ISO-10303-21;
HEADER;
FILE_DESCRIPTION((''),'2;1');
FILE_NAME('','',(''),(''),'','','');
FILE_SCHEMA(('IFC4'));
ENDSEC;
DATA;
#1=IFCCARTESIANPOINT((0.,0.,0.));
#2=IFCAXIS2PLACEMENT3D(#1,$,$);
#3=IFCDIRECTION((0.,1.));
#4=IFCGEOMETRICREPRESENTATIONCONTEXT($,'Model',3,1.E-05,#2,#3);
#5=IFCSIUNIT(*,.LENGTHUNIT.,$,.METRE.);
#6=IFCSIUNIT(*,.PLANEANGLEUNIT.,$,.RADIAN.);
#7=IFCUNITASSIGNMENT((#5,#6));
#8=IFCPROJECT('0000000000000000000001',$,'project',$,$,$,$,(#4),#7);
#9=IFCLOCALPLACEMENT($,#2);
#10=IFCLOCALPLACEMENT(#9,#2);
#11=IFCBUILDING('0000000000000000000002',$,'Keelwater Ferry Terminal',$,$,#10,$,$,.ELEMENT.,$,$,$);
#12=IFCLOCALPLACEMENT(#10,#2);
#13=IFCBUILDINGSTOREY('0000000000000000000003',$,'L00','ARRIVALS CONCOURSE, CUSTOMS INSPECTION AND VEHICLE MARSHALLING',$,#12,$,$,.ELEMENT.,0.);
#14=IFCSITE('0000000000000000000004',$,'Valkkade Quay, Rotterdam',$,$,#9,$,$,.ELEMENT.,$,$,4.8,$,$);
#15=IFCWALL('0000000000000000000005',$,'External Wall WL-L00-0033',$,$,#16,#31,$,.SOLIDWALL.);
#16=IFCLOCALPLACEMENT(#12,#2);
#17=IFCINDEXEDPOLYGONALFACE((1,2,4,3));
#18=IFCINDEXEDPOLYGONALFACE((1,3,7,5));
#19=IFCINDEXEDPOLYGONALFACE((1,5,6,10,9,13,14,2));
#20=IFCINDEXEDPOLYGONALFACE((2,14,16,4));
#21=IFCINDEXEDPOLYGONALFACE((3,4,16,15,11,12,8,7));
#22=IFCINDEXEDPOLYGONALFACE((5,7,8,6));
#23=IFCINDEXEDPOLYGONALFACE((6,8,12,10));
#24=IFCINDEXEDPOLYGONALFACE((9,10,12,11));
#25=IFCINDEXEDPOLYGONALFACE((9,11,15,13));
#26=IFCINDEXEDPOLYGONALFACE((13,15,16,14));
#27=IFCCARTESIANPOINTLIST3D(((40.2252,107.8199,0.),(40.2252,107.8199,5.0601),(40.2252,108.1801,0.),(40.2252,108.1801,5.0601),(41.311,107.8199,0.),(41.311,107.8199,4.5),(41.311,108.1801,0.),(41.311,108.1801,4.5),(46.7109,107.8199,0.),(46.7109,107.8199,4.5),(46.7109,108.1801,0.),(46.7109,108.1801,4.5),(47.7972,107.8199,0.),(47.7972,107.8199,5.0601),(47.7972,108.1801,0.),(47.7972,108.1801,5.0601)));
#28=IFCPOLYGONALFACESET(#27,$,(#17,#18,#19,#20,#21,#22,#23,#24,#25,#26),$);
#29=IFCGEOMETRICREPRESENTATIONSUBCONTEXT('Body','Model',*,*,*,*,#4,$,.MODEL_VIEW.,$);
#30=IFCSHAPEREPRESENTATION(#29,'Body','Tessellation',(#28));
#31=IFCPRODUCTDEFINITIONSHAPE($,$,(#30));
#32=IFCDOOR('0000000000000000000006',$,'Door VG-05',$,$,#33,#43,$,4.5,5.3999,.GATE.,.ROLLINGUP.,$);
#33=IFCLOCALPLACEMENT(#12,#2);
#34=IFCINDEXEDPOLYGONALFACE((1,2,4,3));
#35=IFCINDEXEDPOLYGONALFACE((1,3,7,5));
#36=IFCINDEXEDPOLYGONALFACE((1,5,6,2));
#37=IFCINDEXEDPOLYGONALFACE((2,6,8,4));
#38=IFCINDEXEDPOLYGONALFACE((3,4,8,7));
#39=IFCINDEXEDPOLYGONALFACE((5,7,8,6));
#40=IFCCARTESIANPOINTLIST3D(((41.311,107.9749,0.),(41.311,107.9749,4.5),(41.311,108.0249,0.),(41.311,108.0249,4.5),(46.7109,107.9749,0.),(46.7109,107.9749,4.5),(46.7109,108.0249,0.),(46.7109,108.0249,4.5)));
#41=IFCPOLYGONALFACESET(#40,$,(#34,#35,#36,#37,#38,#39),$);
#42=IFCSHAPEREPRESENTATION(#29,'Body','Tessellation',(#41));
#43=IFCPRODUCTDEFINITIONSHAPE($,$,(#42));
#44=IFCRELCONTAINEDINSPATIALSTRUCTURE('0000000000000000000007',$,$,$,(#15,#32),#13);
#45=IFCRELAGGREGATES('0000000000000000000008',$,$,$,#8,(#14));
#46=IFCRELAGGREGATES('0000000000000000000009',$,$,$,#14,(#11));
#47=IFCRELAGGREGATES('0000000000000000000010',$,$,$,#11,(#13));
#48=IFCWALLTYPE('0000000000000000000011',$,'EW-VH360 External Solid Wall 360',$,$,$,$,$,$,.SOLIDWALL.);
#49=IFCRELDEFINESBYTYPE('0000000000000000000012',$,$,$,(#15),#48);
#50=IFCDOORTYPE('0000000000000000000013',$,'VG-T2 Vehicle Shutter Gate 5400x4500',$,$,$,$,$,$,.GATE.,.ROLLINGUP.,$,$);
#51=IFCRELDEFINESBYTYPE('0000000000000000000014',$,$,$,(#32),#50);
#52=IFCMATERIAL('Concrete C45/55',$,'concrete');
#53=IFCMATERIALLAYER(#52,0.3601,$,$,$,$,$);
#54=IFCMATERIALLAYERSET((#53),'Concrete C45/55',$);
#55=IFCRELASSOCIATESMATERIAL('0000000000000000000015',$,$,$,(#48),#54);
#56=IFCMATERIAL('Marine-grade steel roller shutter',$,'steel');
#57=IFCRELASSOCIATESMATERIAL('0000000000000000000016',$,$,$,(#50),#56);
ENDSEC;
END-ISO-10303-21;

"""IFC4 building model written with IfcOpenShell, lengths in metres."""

from ifc_helpers import new_model, si_unit, direction, frame, frame_2d, origin, place, context, subcontext, project, spatial, rectangle, extrude, material, layer, layer_set, type_object, element, fill, save


model = new_model("IFC4")

# Units and contexts
model_context = context("Model", 3, precision=1e-05, world=origin(), true_north=direction((0.0, 1.0)))
body_context = subcontext(model_context, "Body", "Model", "MODEL_VIEW")
ifc_project = project(units=[si_unit("LENGTHUNIT", "METRE"), si_unit("PLANEANGLEUNIT", "RADIAN")], contexts=[model_context])

# Site, building, storey
site_placement = place(None, origin())
site = spatial("IfcSite", under=ifc_project, at=site_placement, Name="Valkkade Quay, Rotterdam", CompositionType="ELEMENT", RefElevation=4.8)
building_placement = place(site_placement, origin())
building = spatial("IfcBuilding", under=site, at=building_placement, Name="Keelwater Ferry Terminal", CompositionType="ELEMENT")
storey_placement = place(building_placement, origin())
storey = spatial("IfcBuildingStorey", under=building, at=storey_placement, Name="L00", Description="ARRIVALS CONCOURSE, CUSTOMS INSPECTION AND VEHICLE MARSHALLING", CompositionType="ELEMENT", Elevation=0.0)

# Wall, opening, door
ifc_material_1 = material(Name="Concrete C45/55", Category="concrete")
ifc_layer = layer(ifc_material_1, 0.3601)
ifc_layer_set = layer_set([ifc_layer], Name="Concrete C45/55")
wall_type = type_object("IfcWallType", Name="EW-VH360 External Solid Wall 360", PredefinedType="SOLIDWALL", material=ifc_layer_set)
wall_1_placement = place(storey_placement, frame((40.2251, 108.0, 0.0), z_axis=(0.0, 0.0, 1.0), x_axis=(1.0, 0.0, 0.0)))
wall_1 = element("IfcWall", 1, at=wall_1_placement, inside=storey, type_object=wall_type, Name="External Wall WL-L00-0033", PredefinedType="SOLIDWALL", context=body_context, shape_type="SweptSolid", body=[
    extrude(rectangle(XDim=7.572, YDim=0.3601, at=frame_2d((3.7861, 0.0))), origin(), (0.0, 0.0, 1.0), 5.0601),
])
opening_1_placement = place(wall_1_placement, frame((1.0859, 0.0, 0.0)))
opening_1 = element("IfcOpeningElement", 2, at=opening_1_placement, cuts=wall_1, PredefinedType="OPENING", context=body_context, shape_type="SweptSolid", body=[
    extrude(rectangle(XDim=5.3999, YDim=4.5, at=frame_2d((2.7, 2.25))), frame((0.0, 0.1902, 0.0), z_axis=(0.0, -1.0, 0.0), x_axis=(1.0, 0.0, 0.0)), (0.0, 0.0, 1.0), 0.3801),
])
ifc_material_2 = material(Name="Marine-grade steel roller shutter", Category="steel")
door_type_1 = type_object("IfcDoorType", Name="VG-T2 Vehicle Shutter Gate 5400x4500", OperationType="ROLLINGUP", PredefinedType="GATE", material=ifc_material_2)
door_1_placement = place(opening_1_placement, origin())
door_1 = element("IfcDoor", 3, at=door_1_placement, inside=storey, type_object=door_type_1, Name="Door VG-05", OperationType="ROLLINGUP", OverallHeight=4.5, OverallWidth=5.3999, PredefinedType="GATE", context=body_context, shape_type="SweptSolid", body=[
    extrude(rectangle(XDim=5.3999, YDim=4.5, at=frame_2d((2.7, 2.25))), frame((0.0, 0.0249, 0.0), z_axis=(0.0, -1.0, 0.0), x_axis=(1.0, 0.0, 0.0)), (0.0, 0.0, 1.0), 0.05),
])
fill(opening_1, door_1)

save(model, "model.ifc")
